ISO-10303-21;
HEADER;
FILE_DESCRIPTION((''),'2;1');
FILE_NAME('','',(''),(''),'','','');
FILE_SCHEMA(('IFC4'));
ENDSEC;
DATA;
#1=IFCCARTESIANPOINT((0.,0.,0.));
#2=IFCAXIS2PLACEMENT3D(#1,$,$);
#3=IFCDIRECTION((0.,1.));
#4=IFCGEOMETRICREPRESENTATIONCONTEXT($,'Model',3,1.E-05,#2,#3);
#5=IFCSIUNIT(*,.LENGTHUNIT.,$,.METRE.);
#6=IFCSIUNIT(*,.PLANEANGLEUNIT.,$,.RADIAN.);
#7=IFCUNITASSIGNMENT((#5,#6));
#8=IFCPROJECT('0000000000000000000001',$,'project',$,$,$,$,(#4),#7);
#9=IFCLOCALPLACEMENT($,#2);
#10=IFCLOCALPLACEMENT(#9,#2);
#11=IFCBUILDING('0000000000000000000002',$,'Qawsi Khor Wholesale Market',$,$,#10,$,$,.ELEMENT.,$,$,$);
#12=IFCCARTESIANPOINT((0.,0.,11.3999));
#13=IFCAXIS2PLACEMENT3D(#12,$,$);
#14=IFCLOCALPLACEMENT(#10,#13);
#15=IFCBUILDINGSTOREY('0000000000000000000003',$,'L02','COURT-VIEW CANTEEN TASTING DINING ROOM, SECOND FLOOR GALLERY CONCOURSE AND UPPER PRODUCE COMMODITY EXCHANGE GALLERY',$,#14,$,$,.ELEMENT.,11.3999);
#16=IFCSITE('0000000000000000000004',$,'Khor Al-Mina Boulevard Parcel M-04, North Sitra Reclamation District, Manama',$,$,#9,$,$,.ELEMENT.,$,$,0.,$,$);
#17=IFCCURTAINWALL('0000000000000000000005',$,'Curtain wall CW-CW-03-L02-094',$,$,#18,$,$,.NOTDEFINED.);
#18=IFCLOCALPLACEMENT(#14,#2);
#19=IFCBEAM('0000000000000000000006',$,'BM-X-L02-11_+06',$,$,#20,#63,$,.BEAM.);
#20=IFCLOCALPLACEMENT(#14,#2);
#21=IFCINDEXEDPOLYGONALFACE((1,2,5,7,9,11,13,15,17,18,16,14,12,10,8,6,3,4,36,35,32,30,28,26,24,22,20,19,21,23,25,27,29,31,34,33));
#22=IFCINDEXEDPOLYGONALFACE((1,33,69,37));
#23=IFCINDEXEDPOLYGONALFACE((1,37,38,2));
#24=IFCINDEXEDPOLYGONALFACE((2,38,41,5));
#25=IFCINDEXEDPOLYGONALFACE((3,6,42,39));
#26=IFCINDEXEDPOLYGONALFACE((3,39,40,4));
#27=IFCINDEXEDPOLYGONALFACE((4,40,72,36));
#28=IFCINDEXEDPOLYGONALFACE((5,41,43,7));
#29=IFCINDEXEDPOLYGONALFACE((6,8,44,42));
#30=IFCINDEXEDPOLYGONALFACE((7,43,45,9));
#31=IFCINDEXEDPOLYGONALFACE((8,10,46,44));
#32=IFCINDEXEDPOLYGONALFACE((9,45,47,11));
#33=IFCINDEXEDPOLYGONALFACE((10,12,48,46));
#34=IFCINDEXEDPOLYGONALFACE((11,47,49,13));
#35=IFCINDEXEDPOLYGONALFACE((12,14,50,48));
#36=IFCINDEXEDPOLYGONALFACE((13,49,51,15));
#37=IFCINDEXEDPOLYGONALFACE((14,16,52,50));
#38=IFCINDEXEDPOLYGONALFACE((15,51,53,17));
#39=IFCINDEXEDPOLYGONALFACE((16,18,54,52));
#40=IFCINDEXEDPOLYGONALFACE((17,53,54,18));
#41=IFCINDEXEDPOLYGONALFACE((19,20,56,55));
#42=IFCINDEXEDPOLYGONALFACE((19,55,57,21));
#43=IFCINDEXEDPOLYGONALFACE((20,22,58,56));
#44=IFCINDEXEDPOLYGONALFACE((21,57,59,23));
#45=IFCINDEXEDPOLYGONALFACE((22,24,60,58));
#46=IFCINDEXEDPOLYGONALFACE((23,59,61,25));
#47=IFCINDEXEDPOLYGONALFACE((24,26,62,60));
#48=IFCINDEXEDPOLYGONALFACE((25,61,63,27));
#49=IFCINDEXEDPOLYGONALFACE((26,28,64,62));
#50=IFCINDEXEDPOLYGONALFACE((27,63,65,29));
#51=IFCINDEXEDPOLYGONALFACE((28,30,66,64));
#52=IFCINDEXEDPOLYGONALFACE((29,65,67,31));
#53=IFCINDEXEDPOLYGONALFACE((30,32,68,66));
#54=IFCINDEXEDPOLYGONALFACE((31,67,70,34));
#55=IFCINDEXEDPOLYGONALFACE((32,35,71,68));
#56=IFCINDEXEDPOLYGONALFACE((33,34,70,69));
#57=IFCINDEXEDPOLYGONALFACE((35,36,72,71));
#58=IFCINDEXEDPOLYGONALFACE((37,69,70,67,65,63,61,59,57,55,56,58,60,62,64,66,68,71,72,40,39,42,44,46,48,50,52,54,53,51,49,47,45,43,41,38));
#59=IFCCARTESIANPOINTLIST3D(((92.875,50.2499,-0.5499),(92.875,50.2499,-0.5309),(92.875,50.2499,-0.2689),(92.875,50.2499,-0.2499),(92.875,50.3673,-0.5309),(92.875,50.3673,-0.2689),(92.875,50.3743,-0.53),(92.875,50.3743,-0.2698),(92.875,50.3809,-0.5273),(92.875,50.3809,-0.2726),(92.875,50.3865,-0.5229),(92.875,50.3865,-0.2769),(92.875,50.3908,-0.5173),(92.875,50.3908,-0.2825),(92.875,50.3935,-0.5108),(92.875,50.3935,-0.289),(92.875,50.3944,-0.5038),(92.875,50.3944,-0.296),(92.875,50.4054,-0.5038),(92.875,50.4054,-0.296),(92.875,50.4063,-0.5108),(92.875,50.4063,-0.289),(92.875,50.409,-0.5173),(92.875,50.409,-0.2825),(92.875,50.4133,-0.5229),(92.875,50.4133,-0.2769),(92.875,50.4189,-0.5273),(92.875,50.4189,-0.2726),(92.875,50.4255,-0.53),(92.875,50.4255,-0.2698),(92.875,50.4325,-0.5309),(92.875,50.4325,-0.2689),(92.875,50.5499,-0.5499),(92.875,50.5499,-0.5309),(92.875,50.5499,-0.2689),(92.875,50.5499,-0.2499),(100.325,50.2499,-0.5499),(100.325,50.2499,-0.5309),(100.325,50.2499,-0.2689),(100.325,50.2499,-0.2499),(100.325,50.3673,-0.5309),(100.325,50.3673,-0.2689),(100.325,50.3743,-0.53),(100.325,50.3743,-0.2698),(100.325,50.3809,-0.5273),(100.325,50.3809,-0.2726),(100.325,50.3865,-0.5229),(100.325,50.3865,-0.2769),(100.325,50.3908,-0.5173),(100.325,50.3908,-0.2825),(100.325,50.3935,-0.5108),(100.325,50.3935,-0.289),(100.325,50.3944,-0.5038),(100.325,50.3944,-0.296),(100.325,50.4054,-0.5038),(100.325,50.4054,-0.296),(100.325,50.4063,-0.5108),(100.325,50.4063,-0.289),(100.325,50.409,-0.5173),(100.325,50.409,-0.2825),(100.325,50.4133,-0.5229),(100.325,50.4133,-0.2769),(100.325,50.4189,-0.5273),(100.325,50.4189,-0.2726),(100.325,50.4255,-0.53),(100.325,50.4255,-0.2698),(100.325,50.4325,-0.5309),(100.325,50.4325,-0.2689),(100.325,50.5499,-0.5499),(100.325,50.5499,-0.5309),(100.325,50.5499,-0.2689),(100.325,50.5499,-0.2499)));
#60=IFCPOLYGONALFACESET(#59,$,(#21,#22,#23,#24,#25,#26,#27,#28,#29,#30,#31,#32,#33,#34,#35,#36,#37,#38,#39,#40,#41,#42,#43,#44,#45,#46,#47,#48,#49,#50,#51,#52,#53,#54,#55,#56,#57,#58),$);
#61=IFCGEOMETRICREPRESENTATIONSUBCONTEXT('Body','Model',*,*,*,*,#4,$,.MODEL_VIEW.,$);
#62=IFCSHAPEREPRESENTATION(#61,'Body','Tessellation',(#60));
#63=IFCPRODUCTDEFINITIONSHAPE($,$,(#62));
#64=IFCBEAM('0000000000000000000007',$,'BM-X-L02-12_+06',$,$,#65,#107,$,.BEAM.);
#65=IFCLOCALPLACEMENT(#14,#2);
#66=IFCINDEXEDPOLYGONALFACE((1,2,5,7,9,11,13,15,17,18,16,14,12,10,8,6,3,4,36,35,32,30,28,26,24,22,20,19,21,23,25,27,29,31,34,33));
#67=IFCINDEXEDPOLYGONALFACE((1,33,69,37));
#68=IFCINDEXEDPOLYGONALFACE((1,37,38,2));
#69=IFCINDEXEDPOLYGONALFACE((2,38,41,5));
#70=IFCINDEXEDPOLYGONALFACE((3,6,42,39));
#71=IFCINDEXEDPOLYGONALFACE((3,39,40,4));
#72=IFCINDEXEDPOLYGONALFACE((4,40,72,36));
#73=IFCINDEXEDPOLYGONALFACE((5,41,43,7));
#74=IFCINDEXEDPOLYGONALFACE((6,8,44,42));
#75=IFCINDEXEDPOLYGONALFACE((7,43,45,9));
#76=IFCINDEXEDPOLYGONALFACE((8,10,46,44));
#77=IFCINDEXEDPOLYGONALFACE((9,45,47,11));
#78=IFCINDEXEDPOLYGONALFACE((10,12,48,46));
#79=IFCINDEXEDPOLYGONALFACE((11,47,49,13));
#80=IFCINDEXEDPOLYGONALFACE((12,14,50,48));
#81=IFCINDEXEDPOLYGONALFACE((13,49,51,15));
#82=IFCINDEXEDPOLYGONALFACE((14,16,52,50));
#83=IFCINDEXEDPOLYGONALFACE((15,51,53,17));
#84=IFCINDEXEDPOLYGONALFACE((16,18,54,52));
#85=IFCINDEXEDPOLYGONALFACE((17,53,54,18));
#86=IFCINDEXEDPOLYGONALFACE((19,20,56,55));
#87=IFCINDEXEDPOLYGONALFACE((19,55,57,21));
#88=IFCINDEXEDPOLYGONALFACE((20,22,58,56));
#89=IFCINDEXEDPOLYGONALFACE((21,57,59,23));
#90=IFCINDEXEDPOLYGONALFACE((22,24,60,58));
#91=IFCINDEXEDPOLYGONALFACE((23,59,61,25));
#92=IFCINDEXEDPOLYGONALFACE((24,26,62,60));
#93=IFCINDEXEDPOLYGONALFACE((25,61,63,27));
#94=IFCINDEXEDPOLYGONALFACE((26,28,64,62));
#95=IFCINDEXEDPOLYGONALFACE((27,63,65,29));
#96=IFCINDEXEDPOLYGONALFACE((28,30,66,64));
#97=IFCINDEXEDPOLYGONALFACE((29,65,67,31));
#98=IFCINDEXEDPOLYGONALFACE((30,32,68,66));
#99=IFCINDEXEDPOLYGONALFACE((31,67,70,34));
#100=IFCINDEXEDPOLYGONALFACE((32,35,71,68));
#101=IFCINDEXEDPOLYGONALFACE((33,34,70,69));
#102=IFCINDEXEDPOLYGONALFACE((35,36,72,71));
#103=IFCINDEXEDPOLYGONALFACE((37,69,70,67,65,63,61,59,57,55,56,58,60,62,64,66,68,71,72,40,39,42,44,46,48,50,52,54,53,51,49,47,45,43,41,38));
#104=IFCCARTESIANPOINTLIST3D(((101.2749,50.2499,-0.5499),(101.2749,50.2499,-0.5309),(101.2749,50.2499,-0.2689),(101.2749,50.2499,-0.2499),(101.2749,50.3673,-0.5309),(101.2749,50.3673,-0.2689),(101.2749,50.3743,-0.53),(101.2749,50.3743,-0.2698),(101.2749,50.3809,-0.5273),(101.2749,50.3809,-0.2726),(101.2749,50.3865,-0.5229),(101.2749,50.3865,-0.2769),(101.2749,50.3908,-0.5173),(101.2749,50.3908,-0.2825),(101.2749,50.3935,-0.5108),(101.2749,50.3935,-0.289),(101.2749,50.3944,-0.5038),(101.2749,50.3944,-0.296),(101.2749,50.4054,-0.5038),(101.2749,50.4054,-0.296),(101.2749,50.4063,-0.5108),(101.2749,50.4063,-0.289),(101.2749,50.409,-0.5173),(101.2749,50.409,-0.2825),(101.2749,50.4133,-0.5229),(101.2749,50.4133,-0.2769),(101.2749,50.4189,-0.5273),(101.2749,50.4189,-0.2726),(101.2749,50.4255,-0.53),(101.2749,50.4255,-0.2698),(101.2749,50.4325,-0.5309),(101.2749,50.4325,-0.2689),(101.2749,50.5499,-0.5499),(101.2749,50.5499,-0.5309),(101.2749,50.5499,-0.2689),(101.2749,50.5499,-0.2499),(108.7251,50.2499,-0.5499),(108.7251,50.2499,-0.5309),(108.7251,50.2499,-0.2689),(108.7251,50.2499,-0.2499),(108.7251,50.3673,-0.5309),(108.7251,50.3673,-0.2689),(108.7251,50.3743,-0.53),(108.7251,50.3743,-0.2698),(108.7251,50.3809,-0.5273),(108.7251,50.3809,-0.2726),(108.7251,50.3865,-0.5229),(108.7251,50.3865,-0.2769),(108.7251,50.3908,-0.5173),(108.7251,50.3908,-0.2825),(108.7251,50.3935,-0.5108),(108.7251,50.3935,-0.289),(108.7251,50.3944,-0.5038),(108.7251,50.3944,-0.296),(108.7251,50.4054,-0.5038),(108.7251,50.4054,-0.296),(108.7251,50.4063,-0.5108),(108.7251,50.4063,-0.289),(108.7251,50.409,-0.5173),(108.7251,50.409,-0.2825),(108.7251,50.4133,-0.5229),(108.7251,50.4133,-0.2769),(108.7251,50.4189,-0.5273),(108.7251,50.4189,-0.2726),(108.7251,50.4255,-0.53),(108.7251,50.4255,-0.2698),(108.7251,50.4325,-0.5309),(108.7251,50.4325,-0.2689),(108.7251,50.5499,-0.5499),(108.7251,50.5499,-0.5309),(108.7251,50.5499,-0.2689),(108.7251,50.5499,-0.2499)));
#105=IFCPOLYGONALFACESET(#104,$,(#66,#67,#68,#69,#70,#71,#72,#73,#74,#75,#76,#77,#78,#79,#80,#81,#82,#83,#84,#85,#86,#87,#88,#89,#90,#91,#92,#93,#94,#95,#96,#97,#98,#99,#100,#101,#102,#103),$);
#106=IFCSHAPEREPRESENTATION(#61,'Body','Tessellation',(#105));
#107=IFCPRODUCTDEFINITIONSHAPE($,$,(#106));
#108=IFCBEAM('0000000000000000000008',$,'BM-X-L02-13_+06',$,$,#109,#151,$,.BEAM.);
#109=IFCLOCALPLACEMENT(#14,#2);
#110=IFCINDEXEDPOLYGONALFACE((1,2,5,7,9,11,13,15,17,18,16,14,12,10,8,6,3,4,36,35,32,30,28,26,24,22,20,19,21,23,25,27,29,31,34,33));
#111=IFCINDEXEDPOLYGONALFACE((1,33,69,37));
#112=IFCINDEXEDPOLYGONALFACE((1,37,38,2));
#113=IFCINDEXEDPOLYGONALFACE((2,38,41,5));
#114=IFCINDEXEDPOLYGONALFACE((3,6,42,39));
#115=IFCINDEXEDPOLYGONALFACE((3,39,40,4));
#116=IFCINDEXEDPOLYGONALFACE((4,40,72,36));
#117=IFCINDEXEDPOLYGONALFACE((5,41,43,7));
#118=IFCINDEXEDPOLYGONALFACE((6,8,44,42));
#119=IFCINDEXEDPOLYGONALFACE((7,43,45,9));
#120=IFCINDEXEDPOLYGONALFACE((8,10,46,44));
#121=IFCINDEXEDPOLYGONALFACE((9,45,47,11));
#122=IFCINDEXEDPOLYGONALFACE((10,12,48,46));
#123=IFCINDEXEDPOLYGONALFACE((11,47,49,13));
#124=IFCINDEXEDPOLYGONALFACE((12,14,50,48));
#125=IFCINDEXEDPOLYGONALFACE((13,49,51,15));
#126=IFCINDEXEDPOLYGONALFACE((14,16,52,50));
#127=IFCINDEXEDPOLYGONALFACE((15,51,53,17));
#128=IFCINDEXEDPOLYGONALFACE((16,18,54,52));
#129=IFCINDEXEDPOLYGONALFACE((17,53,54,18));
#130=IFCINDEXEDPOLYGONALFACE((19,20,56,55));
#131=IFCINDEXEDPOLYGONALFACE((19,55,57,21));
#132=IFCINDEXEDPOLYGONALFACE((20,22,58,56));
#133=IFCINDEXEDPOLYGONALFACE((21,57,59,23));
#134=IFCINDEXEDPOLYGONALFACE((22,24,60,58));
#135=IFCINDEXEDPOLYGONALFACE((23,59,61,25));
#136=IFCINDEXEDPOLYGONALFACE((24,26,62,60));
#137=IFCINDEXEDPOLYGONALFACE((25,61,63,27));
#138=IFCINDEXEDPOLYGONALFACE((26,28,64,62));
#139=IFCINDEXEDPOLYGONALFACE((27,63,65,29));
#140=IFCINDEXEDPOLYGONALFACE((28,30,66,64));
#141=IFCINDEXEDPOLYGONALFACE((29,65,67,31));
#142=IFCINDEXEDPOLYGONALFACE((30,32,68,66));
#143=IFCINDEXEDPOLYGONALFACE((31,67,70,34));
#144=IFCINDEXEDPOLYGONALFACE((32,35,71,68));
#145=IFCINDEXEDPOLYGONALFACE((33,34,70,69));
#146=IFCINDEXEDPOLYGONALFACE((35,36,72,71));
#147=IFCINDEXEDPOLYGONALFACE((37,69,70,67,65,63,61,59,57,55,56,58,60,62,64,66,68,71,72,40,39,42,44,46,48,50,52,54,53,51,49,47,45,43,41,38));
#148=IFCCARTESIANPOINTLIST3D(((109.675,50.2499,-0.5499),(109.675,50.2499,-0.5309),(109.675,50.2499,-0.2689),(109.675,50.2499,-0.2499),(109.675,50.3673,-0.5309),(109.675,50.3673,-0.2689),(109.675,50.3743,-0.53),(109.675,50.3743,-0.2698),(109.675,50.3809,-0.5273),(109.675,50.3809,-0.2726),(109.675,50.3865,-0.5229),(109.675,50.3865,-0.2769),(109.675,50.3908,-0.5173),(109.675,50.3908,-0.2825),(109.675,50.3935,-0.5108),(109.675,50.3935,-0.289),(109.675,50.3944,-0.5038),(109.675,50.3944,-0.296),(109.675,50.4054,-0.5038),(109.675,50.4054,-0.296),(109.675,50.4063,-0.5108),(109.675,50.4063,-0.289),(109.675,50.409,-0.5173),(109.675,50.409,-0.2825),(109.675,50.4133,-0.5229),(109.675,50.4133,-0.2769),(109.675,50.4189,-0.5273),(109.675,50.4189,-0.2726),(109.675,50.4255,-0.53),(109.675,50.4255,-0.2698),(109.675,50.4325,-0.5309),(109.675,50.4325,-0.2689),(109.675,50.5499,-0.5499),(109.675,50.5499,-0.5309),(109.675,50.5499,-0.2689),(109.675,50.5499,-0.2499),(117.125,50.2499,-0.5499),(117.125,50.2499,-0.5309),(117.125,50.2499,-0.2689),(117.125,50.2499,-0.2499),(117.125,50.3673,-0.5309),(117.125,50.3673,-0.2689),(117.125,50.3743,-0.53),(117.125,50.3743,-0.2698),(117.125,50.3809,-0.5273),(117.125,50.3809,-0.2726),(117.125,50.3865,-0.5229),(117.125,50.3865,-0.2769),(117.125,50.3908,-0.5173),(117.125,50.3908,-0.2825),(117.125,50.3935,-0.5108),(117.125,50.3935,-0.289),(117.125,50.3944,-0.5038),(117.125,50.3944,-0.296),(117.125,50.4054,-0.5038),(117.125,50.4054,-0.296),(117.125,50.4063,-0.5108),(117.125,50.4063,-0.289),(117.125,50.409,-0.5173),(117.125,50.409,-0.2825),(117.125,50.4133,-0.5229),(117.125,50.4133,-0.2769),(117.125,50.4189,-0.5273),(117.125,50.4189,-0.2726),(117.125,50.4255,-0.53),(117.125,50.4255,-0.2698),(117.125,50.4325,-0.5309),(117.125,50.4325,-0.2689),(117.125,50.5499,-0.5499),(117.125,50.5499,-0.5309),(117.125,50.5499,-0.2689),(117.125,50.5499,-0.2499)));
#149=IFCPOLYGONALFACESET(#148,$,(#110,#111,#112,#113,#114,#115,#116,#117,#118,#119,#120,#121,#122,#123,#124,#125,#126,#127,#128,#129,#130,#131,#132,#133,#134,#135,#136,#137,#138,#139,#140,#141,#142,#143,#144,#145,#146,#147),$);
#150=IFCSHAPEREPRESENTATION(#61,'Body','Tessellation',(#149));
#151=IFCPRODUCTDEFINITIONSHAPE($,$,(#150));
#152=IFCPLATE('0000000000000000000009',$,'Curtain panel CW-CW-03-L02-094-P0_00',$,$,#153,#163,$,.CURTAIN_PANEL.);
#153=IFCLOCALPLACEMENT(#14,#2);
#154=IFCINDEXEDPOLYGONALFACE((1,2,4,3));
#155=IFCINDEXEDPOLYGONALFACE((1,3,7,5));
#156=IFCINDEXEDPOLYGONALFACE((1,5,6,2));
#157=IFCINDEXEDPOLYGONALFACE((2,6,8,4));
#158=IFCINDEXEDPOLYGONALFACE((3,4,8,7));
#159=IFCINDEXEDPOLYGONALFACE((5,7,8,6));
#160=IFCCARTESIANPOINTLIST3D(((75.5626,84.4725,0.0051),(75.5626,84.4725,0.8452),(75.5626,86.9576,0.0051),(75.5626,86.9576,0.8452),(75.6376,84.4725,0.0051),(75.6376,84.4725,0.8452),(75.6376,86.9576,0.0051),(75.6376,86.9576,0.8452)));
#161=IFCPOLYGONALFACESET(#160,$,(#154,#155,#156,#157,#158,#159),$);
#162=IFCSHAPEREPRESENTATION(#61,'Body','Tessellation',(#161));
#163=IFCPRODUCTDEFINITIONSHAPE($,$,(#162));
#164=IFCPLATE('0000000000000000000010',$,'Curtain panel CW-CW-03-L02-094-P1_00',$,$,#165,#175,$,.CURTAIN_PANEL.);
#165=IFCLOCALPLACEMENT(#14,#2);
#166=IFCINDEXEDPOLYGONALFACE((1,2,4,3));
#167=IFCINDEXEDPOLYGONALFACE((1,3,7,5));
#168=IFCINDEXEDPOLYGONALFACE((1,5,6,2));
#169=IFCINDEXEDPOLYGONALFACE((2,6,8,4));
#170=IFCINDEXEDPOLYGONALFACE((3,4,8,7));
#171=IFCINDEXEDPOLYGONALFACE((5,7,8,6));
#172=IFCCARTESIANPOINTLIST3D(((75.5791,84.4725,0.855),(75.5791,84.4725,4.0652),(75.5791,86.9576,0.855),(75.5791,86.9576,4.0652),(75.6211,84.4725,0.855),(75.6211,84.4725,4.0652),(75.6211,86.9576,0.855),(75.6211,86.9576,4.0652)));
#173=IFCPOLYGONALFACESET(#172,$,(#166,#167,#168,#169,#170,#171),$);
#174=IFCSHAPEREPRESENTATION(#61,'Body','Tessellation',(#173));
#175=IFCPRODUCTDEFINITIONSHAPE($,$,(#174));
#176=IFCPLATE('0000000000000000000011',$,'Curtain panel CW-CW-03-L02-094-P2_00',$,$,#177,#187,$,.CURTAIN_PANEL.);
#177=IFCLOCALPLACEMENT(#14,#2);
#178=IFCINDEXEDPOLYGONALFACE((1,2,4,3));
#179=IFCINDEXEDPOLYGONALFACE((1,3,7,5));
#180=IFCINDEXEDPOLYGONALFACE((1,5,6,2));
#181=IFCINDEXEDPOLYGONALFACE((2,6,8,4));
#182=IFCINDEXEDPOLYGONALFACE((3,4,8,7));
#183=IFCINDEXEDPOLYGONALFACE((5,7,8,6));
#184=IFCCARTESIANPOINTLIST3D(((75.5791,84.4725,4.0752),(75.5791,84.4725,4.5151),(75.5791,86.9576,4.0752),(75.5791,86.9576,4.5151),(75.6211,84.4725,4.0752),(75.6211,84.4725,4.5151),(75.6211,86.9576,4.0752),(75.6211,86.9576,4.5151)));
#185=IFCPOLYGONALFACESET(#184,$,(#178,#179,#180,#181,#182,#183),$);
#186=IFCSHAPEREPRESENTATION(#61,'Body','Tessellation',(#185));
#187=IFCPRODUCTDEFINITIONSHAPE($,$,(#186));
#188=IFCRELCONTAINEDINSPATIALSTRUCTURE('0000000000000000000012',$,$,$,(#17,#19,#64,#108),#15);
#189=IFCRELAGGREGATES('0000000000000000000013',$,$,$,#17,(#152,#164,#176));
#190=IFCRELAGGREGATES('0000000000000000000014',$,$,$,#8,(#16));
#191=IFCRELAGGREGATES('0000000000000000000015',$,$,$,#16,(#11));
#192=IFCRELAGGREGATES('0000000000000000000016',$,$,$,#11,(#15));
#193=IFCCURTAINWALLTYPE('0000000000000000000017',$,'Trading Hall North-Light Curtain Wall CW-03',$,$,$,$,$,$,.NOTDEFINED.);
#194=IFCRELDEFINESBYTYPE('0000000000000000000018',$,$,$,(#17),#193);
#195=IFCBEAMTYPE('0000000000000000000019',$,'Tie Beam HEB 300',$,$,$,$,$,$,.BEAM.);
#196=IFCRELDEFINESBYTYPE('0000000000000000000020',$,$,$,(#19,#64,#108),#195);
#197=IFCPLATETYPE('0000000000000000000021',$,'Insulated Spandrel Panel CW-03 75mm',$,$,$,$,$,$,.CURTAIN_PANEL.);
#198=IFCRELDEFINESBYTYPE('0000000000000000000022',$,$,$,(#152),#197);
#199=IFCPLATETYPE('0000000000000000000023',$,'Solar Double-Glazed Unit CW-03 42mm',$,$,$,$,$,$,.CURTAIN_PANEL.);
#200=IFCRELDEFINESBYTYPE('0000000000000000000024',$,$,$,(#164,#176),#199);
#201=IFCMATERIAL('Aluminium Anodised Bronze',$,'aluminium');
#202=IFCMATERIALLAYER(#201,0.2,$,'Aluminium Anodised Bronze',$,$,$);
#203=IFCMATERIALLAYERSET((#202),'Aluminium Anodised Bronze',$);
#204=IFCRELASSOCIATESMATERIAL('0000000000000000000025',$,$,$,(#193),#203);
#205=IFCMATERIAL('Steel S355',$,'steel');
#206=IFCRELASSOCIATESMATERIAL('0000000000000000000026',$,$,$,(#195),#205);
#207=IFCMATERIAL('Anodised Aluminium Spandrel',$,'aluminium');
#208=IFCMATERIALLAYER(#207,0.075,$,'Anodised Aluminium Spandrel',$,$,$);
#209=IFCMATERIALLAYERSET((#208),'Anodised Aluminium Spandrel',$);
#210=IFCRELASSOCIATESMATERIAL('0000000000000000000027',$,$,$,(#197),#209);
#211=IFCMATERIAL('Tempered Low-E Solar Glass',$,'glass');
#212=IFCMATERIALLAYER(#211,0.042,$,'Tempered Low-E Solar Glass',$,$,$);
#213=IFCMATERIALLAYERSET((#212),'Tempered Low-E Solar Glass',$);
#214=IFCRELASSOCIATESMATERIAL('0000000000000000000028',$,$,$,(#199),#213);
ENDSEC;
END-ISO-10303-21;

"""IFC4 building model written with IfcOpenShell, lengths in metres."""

from ifc_helpers import new_model, si_unit, direction, frame, frame_2d, origin, origin_2d, place, context, subcontext, project, spatial, rectangle, i_section, extrude, material, layer, layer_set, material_profile, profile_set, type_object, element, aggregate, save


model = new_model("IFC4")

# Units and contexts
model_context = context("Model", 3, precision=1e-05, world=origin(), true_north=direction((0.0, 1.0)))
body_context = subcontext(model_context, "Body", "Model", "MODEL_VIEW")
ifc_project = project(units=[si_unit("LENGTHUNIT", "METRE"), si_unit("PLANEANGLEUNIT", "RADIAN")], contexts=[model_context])

# Site, building, storey
site_placement = place(None, origin())
site = spatial("IfcSite", under=ifc_project, at=site_placement, Name="Khor Al-Mina Boulevard Parcel M-04, North Sitra Reclamation District, Manama", CompositionType="ELEMENT", RefElevation=0.0)
building_placement = place(site_placement, origin())
building = spatial("IfcBuilding", under=site, at=building_placement, Name="Qawsi Khor Wholesale Market", CompositionType="ELEMENT")
storey_placement = place(building_placement, frame((0.0, 0.0, 11.3999)))
storey = spatial("IfcBuildingStorey", under=building, at=storey_placement, Name="L02", Description="COURT-VIEW CANTEEN TASTING DINING ROOM, SECOND FLOOR GALLERY CONCOURSE AND UPPER PRODUCE COMMODITY EXCHANGE GALLERY", CompositionType="ELEMENT", Elevation=11.3999)

# Curtain wall
ifc_material_1 = material(Name="Aluminium Anodised Bronze", Category="aluminium")
ifc_layer_1 = layer(ifc_material_1, 0.2, Name="Aluminium Anodised Bronze")
ifc_layer_set_1 = layer_set([ifc_layer_1], Name="Aluminium Anodised Bronze")
curtain_wall_type = type_object("IfcCurtainWallType", Name="Trading Hall North-Light Curtain Wall CW-03", PredefinedType="NOTDEFINED", material=ifc_layer_set_1)
curtain_wall_placement = place(storey_placement, origin())
curtain_wall = element("IfcCurtainWall", 1, at=curtain_wall_placement, inside=storey, type_object=curtain_wall_type, Name="Curtain wall CW-CW-03-L02-094", PredefinedType="NOTDEFINED")

# Beams
ifc_material_2 = material(Name="Steel S355", Category="steel")
ifc_material_profile_1 = material_profile(ifc_material_2, i_section(OverallWidth=0.3, OverallDepth=0.3, WebThickness=0.011, FlangeThickness=0.019, FilletRadius=0.0271, at=origin_2d()), Name="HEB 300")
ifc_profile_set_1 = profile_set([ifc_material_profile_1], Name="Steel S355")
beam_type_1 = type_object("IfcBeamType", Name="Tie Beam HEB 300", PredefinedType="BEAM", material=ifc_profile_set_1)
for number, where, z_axis, x_axis, name in (
    (2, (92.875, 50.3999, -0.3999), (1.0, 0.0, 0.0), (0.0, 1.0, 0.0), "BM-X-L02-11_+06"),
):
    element("IfcBeam", number, at=place(storey_placement, frame(where, z_axis=z_axis, x_axis=x_axis)), inside=storey, type_object=beam_type_1, Name=name, PredefinedType="BEAM", context=body_context, shape_type="SweptSolid", body=[
        extrude(i_section(OverallWidth=0.3, OverallDepth=0.3, WebThickness=0.011, FlangeThickness=0.019, FilletRadius=0.0271, at=origin_2d()), origin(), (0.0, 0.0, 1.0), 7.45),
    ])
beam_1_placement = place(storey_placement, frame((101.2749, 50.3999, -0.3999), z_axis=(1.0, 0.0, 0.0), x_axis=(0.0, 1.0, 0.0)))
element("IfcBeam", 3, at=beam_1_placement, inside=storey, type_object=beam_type_1, Name="BM-X-L02-12_+06", PredefinedType="BEAM", context=body_context, shape_type="SweptSolid", body=[
    extrude(i_section(OverallWidth=0.3, OverallDepth=0.3, WebThickness=0.011, FlangeThickness=0.019, FilletRadius=0.0271, at=origin_2d()), origin(), (0.0, 0.0, 1.0), 7.4502),
])
beam_2_placement = place(storey_placement, frame((109.675, 50.3999, -0.3999), z_axis=(1.0, 0.0, 0.0), x_axis=(0.0, 1.0, 0.0)))
element("IfcBeam", 4, at=beam_2_placement, inside=storey, type_object=beam_type_1, Name="BM-X-L02-13_+06", PredefinedType="BEAM", context=body_context, shape_type="SweptSolid", body=[
    extrude(i_section(OverallWidth=0.3, OverallDepth=0.3, WebThickness=0.011, FlangeThickness=0.019, FilletRadius=0.0271, at=origin_2d()), origin(), (0.0, 0.0, 1.0), 7.45),
])

# Plates
ifc_material_3 = material(Name="Anodised Aluminium Spandrel", Category="aluminium")
ifc_layer_2 = layer(ifc_material_3, 0.075, Name="Anodised Aluminium Spandrel")
ifc_layer_set_2 = layer_set([ifc_layer_2], Name="Anodised Aluminium Spandrel")
plate_type_1 = type_object("IfcPlateType", Name="Insulated Spandrel Panel CW-03 75mm", PredefinedType="CURTAIN_PANEL", material=ifc_layer_set_2)
plate_1_placement = place(storey_placement, frame((75.6001, 84.4724, 0.0051), z_axis=(0.0, 0.0, 1.0), x_axis=(0.0, 1.0, 0.0)))
plate_1 = element("IfcPlate", 5, at=plate_1_placement, type_object=plate_type_1, Name="Curtain panel CW-CW-03-L02-094-P0_00", PredefinedType="CURTAIN_PANEL", context=body_context, shape_type="SweptSolid", body=[
    extrude(rectangle(XDim=2.4851, YDim=0.075, at=frame_2d((1.2427, 0.0))), origin(), (0.0, 0.0, 1.0), 0.8401),
])
ifc_material_4 = material(Name="Tempered Low-E Solar Glass", Category="glass")
ifc_layer_3 = layer(ifc_material_4, 0.042, Name="Tempered Low-E Solar Glass")
ifc_layer_set_3 = layer_set([ifc_layer_3], Name="Tempered Low-E Solar Glass")
plate_type_2 = type_object("IfcPlateType", Name="Solar Double-Glazed Unit CW-03 42mm", PredefinedType="CURTAIN_PANEL", material=ifc_layer_set_3)
plate_2_placement = place(storey_placement, frame((75.6001, 84.4724, 0.855), z_axis=(0.0, 0.0, 1.0), x_axis=(0.0, 1.0, 0.0)))
plate_2 = element("IfcPlate", 6, at=plate_2_placement, type_object=plate_type_2, Name="Curtain panel CW-CW-03-L02-094-P1_00", PredefinedType="CURTAIN_PANEL", context=body_context, shape_type="SweptSolid", body=[
    extrude(rectangle(XDim=2.4851, YDim=0.042, at=frame_2d((1.2427, 0.0))), origin(), (0.0, 0.0, 1.0), 3.2102),
])
plate_3_placement = place(storey_placement, frame((75.6001, 84.4724, 4.0752), z_axis=(0.0, 0.0, 1.0), x_axis=(0.0, 1.0, 0.0)))
plate_3 = element("IfcPlate", 7, at=plate_3_placement, type_object=plate_type_2, Name="Curtain panel CW-CW-03-L02-094-P2_00", PredefinedType="CURTAIN_PANEL", context=body_context, shape_type="SweptSolid", body=[
    extrude(rectangle(XDim=2.4851, YDim=0.042, at=frame_2d((1.2427, 0.0))), origin(), (0.0, 0.0, 1.0), 0.4399),
])
aggregate(curtain_wall, [plate_1, plate_2, plate_3])

save(model, "model.ifc")
